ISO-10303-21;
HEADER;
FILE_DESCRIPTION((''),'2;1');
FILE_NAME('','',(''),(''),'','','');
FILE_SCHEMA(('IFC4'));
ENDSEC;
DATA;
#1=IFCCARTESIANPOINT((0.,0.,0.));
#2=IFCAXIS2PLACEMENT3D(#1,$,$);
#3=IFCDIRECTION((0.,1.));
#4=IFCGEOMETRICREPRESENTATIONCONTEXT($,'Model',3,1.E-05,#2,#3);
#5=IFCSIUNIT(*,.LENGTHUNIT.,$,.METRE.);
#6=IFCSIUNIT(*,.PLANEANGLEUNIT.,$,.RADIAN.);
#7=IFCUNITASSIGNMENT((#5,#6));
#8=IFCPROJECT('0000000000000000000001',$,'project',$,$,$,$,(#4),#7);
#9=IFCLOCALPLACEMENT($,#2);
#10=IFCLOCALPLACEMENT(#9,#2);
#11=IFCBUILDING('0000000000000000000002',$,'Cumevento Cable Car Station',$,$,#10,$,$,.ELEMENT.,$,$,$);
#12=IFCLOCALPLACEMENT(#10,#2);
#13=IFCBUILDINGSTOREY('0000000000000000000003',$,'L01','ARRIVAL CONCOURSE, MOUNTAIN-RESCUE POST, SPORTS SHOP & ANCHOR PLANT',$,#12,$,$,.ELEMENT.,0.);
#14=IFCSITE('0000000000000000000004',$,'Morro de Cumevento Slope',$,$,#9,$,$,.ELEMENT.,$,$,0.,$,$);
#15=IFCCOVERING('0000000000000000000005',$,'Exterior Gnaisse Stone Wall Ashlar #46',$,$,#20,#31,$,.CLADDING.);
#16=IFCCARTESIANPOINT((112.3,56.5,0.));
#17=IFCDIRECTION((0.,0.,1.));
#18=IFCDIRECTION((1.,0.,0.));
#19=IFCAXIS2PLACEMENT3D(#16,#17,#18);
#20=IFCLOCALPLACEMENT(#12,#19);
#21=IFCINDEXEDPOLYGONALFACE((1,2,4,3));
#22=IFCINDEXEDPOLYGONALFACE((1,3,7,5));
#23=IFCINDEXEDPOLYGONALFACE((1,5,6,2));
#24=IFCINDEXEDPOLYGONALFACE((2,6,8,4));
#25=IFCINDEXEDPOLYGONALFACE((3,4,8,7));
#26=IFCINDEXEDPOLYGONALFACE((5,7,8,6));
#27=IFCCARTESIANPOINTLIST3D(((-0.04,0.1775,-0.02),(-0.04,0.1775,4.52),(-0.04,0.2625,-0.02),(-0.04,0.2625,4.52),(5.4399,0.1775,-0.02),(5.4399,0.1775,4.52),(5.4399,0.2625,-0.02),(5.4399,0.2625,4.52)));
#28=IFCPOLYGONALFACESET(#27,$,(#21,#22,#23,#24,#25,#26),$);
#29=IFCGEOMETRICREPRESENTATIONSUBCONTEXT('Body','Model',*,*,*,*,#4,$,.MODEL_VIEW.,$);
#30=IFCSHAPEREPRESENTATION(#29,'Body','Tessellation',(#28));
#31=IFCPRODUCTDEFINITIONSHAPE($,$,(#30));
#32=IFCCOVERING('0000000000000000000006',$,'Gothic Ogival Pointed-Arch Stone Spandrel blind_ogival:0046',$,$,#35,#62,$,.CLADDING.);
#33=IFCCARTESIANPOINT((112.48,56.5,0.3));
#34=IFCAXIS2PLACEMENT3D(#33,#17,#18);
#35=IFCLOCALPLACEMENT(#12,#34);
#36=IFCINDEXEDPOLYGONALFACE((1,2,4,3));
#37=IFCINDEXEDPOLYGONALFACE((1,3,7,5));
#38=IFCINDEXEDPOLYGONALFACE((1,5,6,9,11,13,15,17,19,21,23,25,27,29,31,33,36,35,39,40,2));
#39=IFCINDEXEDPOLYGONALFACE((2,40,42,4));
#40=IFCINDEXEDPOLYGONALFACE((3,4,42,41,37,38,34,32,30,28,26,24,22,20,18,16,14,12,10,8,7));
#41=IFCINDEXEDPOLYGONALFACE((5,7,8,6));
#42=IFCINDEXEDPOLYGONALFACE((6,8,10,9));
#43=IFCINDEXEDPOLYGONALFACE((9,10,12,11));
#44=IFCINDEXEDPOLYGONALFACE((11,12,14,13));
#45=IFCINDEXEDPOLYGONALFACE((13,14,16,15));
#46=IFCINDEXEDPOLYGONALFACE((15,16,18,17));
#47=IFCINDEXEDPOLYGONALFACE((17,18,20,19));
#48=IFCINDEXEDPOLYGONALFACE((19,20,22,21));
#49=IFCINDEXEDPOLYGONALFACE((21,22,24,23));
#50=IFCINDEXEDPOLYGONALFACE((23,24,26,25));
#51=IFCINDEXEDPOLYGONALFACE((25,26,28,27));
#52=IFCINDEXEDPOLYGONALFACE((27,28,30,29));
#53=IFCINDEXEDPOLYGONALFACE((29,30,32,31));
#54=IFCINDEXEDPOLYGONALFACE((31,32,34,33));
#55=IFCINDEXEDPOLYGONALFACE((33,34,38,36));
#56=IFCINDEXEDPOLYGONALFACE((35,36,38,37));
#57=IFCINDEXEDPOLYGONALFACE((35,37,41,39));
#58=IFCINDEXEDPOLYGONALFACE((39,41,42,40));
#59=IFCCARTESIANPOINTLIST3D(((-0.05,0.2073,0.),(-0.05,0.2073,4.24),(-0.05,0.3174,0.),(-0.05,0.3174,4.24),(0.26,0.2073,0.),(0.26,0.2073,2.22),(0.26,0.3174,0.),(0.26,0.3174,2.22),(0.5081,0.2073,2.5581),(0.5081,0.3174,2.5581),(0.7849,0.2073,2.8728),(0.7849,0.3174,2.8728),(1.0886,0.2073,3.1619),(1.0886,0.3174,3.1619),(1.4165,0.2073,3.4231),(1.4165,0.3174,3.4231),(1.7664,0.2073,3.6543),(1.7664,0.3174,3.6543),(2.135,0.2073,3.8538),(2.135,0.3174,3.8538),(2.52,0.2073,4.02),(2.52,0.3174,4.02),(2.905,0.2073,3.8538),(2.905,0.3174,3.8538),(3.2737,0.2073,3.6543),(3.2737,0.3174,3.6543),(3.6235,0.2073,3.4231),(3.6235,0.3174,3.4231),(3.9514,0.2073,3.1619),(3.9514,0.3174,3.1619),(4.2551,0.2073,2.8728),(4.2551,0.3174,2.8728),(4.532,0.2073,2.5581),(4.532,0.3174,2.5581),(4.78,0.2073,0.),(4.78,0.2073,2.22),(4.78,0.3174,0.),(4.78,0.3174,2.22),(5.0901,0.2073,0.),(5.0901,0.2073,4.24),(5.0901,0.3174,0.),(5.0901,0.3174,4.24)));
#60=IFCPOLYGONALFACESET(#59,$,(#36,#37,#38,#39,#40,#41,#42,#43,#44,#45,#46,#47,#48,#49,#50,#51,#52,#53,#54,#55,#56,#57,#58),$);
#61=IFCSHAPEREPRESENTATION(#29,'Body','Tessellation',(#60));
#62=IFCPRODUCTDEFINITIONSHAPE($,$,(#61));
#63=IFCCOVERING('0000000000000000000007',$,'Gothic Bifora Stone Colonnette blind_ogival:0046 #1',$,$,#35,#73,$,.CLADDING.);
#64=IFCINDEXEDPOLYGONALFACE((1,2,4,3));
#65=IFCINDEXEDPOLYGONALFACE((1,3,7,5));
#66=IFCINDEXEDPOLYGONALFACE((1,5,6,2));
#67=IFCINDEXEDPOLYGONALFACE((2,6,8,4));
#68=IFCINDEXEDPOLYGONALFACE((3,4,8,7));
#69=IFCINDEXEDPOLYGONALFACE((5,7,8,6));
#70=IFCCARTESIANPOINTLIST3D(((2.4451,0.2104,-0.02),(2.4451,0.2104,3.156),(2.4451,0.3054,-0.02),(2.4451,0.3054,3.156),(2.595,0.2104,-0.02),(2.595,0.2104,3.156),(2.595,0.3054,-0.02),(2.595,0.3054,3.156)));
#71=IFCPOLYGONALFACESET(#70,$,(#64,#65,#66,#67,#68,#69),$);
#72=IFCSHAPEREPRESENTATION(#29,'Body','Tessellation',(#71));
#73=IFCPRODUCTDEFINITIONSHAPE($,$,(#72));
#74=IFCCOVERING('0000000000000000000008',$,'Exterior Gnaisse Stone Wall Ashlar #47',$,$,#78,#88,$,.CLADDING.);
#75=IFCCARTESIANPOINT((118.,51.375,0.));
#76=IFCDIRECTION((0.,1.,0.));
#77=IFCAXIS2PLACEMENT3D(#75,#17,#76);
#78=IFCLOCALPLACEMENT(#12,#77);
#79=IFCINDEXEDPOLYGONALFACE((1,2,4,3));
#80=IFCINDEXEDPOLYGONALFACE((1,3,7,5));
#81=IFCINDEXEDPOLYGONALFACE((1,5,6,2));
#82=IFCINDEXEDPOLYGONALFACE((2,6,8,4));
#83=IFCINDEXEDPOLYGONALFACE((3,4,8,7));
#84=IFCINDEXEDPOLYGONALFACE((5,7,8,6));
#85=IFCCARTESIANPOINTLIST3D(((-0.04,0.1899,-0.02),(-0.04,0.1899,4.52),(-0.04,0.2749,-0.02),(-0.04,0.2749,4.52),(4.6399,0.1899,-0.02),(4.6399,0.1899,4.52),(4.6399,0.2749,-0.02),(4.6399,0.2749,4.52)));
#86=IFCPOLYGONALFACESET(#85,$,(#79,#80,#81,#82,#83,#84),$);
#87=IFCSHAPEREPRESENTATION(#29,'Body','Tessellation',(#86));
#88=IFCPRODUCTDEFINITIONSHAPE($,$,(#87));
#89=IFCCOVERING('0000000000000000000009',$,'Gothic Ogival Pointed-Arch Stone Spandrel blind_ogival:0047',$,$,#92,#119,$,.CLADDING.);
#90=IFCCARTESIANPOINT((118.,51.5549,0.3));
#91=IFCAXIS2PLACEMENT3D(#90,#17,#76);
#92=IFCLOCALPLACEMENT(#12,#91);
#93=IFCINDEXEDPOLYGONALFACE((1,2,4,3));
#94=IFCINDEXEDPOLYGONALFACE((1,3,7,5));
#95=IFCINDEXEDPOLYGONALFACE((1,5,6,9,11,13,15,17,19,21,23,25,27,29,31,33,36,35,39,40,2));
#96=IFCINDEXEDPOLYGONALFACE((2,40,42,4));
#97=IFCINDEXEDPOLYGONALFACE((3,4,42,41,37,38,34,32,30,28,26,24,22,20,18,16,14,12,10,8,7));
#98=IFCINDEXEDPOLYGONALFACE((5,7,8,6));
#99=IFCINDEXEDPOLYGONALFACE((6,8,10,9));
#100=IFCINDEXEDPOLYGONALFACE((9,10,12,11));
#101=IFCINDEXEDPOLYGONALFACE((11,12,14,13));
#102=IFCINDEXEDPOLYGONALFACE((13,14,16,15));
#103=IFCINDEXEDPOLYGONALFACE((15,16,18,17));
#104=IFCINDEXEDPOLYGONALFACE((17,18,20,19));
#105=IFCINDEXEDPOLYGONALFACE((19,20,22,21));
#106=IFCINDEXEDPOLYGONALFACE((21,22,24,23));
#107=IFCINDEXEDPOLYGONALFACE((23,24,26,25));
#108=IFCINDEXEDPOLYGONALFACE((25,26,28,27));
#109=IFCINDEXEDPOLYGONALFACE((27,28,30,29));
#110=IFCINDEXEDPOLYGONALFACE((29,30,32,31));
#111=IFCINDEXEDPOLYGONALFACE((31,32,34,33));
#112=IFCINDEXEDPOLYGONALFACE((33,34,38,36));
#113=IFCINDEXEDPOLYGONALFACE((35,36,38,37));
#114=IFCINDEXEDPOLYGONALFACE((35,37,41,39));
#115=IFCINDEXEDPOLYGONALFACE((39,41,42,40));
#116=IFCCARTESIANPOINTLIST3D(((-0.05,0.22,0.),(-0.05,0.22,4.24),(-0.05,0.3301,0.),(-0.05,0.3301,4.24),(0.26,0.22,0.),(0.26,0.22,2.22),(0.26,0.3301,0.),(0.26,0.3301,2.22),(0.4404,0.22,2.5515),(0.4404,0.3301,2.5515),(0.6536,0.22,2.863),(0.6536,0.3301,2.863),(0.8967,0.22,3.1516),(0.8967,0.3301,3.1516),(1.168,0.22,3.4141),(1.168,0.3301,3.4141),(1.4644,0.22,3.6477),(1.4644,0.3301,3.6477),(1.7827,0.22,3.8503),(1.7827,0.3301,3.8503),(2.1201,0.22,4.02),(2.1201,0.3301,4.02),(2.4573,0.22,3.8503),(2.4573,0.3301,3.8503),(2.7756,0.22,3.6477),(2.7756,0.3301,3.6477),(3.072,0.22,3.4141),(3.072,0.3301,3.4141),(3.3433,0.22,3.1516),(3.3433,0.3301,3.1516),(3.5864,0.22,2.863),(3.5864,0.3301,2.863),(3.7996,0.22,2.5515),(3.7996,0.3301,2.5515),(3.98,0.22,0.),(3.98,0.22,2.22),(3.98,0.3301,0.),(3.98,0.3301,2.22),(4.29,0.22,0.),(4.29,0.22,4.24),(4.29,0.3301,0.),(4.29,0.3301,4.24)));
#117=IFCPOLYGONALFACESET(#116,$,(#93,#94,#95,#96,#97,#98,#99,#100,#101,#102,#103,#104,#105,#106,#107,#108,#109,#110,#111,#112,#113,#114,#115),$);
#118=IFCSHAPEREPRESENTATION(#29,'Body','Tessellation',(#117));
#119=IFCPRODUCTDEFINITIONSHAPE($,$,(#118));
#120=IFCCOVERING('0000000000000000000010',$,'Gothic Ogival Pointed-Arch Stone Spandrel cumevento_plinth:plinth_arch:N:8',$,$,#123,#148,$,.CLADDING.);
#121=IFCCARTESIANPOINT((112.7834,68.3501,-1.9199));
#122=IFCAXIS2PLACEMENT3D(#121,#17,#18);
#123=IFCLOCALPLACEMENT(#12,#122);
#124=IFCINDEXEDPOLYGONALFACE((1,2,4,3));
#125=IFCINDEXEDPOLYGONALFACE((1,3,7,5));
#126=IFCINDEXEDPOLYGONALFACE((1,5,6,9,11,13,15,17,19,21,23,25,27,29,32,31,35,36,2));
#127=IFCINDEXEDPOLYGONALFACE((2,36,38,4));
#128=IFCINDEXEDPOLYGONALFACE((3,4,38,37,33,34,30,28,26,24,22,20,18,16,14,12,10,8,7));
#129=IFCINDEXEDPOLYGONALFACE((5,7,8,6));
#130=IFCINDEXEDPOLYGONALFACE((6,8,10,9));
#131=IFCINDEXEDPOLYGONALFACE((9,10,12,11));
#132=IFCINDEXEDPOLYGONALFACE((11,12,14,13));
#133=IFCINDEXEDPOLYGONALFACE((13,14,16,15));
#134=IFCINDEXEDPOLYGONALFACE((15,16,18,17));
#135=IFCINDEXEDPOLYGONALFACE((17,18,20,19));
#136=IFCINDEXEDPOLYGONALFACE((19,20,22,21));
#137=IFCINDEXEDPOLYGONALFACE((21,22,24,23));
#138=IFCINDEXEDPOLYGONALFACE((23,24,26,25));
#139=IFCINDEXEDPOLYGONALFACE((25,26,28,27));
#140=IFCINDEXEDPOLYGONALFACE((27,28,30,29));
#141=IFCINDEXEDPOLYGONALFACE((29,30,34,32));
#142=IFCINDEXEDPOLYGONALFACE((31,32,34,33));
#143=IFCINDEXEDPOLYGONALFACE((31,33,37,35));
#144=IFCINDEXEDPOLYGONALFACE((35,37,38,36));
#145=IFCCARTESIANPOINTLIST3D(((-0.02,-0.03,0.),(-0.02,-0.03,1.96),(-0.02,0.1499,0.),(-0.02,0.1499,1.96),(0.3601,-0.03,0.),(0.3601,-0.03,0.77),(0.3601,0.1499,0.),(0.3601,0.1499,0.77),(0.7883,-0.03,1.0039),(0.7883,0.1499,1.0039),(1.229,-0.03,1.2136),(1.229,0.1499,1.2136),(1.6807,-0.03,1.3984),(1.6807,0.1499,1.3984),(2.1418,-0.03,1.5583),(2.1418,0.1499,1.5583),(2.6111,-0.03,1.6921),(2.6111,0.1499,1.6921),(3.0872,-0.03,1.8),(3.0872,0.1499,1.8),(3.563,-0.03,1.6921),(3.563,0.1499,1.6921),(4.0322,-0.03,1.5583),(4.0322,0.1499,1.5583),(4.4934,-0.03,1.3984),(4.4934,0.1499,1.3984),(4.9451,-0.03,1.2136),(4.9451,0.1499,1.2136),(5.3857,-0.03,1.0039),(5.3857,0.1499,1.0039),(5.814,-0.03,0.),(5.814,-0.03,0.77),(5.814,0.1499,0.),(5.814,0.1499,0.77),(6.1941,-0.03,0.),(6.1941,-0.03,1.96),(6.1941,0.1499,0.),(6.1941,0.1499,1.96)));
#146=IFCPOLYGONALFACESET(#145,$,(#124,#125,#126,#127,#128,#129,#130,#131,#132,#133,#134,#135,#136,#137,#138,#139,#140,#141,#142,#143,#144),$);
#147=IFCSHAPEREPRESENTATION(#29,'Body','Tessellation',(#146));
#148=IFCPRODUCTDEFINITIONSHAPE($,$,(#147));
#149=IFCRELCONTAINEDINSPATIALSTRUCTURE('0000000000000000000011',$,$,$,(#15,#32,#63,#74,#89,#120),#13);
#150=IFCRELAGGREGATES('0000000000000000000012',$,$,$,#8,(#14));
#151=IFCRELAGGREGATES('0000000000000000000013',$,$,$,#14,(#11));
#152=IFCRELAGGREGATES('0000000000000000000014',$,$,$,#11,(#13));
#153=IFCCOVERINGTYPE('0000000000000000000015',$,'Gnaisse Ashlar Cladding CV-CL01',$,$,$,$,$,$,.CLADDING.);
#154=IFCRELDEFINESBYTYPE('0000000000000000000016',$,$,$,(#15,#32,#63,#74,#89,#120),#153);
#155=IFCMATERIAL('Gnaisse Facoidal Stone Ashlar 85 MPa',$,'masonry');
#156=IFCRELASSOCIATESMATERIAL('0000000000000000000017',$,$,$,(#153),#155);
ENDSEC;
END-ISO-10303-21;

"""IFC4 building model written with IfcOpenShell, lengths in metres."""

from ifc_helpers import new_model, si_unit, direction, frame, origin, place, context, subcontext, project, spatial, polyline, outline, extrude, material, type_object, element, save


model = new_model("IFC4")

# Units and contexts
model_context = context("Model", 3, precision=1e-05, world=origin(), true_north=direction((0.0, 1.0)))
body_context = subcontext(model_context, "Body", "Model", "MODEL_VIEW")
ifc_project = project(units=[si_unit("LENGTHUNIT", "METRE"), si_unit("PLANEANGLEUNIT", "RADIAN")], contexts=[model_context])

# Site, building, storey
site_placement = place(None, origin())
site = spatial("IfcSite", under=ifc_project, at=site_placement, Name="Morro de Cumevento Slope", CompositionType="ELEMENT", RefElevation=0.0)
building_placement = place(site_placement, origin())
building = spatial("IfcBuilding", under=site, at=building_placement, Name="Cumevento Cable Car Station", CompositionType="ELEMENT")
storey_placement = place(building_placement, origin())
storey = spatial("IfcBuildingStorey", under=building, at=storey_placement, Name="L01", Description="ARRIVAL CONCOURSE, MOUNTAIN-RESCUE POST, SPORTS SHOP & ANCHOR PLANT", CompositionType="ELEMENT", Elevation=0.0)

# Coverings
ifc_material_1 = material(Name="Gnaisse Facoidal Stone Ashlar 85 MPa", Category="masonry")
covering_type = type_object("IfcCoveringType", Name="Gnaisse Ashlar Cladding CV-CL01", PredefinedType="CLADDING", material=ifc_material_1)
covering_1_placement = place(storey_placement, frame((112.3, 56.5, 0.0), z_axis=(0.0, 0.0, 1.0), x_axis=(1.0, 0.0, 0.0)))
element("IfcCovering", 1, at=covering_1_placement, inside=storey, type_object=covering_type, Name="Exterior Gnaisse Stone Wall Ashlar #46", PredefinedType="CLADDING", context=body_context, shape_type="SweptSolid", body=[
    extrude(outline(polyline([(-0.04, -0.02), (5.4399, -0.02), (5.4399, 4.52), (-0.04, 4.52), (-0.04, -0.02)])), frame((0.0, 0.2625, 0.0), z_axis=(0.0, -1.0, 0.0), x_axis=(1.0, 0.0, 0.0)), (0.0, 0.0, 1.0), 0.085),
])
placement = place(storey_placement, frame((112.48, 56.5, 0.3), z_axis=(0.0, 0.0, 1.0), x_axis=(1.0, 0.0, 0.0)))
element("IfcCovering", 2, at=placement, inside=storey, type_object=covering_type, Name="Gothic Ogival Pointed-Arch Stone Spandrel blind_ogival:0046", PredefinedType="CLADDING", context=body_context, shape_type="SweptSolid", body=[
    extrude(outline(polyline([(-0.05, 0.0), (-0.05, 4.24), (5.0901, 4.24), (5.0901, 0.0), (4.78, 0.0), (4.78, 2.22), (4.532, 2.5581), (4.2551, 2.8728), (3.9514, 3.1619), (3.6235, 3.4231), (3.2737, 3.6543), (2.905, 3.8538), (2.52, 4.02), (2.135, 3.8538), (1.7664, 3.6543), (1.4165, 3.4231), (1.0886, 3.1619), (0.7849, 2.8728), (0.5081, 2.5581), (0.26, 2.22), (0.26, 0.0), (-0.05, 0.0)])), frame((0.0, 0.3174, 0.0), z_axis=(0.0, -1.0, 0.0), x_axis=(1.0, 0.0, 0.0)), (0.0, 0.0, 1.0), 0.1101),
])
element("IfcCovering", 3, at=placement, inside=storey, type_object=covering_type, Name="Gothic Bifora Stone Colonnette blind_ogival:0046 #1", PredefinedType="CLADDING", context=body_context, shape_type="SweptSolid", body=[
    extrude(outline(polyline([(2.4451, -0.02), (2.595, -0.02), (2.595, 3.156), (2.4451, 3.156), (2.4451, -0.02)])), frame((0.0, 0.3054, 0.0), z_axis=(0.0, -1.0, 0.0), x_axis=(1.0, 0.0, 0.0)), (0.0, 0.0, 1.0), 0.095),
])
covering_2_placement = place(storey_placement, frame((118.0, 51.375, 0.0), z_axis=(0.0, 0.0, 1.0), x_axis=(0.0, 1.0, 0.0)))
element("IfcCovering", 4, at=covering_2_placement, inside=storey, type_object=covering_type, Name="Exterior Gnaisse Stone Wall Ashlar #47", PredefinedType="CLADDING", context=body_context, shape_type="SweptSolid", body=[
    extrude(outline(polyline([(-0.04, -0.02), (4.6399, -0.02), (4.6399, 4.52), (-0.04, 4.52), (-0.04, -0.02)])), frame((0.0, 0.2749, 0.0), z_axis=(0.0, -1.0, 0.0), x_axis=(1.0, 0.0, 0.0)), (0.0, 0.0, 1.0), 0.085),
])
covering_3_placement = place(storey_placement, frame((118.0, 51.5549, 0.3), z_axis=(0.0, 0.0, 1.0), x_axis=(0.0, 1.0, 0.0)))
element("IfcCovering", 5, at=covering_3_placement, inside=storey, type_object=covering_type, Name="Gothic Ogival Pointed-Arch Stone Spandrel blind_ogival:0047", PredefinedType="CLADDING", context=body_context, shape_type="SweptSolid", body=[
    extrude(outline(polyline([(-0.05, 0.0), (-0.05, 4.24), (4.29, 4.24), (4.29, 0.0), (3.98, 0.0), (3.98, 2.22), (3.7996, 2.5515), (3.5864, 2.863), (3.3433, 3.1516), (3.072, 3.4141), (2.7756, 3.6477), (2.4573, 3.8503), (2.1201, 4.02), (1.7827, 3.8503), (1.4644, 3.6477), (1.168, 3.4141), (0.8967, 3.1516), (0.6536, 2.863), (0.4404, 2.5515), (0.26, 2.22), (0.26, 0.0), (-0.05, 0.0)])), frame((0.0, 0.3301, 0.0), z_axis=(0.0, -1.0, 0.0), x_axis=(1.0, 0.0, 0.0)), (0.0, 0.0, 1.0), 0.1101),
])
covering_4_placement = place(storey_placement, frame((112.7834, 68.3501, -1.9199), z_axis=(0.0, 0.0, 1.0), x_axis=(1.0, 0.0, 0.0)))
element("IfcCovering", 6, at=covering_4_placement, inside=storey, type_object=covering_type, Name="Gothic Ogival Pointed-Arch Stone Spandrel cumevento_plinth:plinth_arch:N:8", PredefinedType="CLADDING", context=body_context, shape_type="SweptSolid", body=[
    extrude(outline(polyline([(-0.02, 0.0), (-0.02, 1.96), (6.1941, 1.96), (6.1941, 0.0), (5.814, 0.0), (5.814, 0.77), (5.3857, 1.0039), (4.9451, 1.2136), (4.4934, 1.3984), (4.0322, 1.5583), (3.563, 1.6921), (3.0872, 1.8), (2.6111, 1.6921), (2.1418, 1.5583), (1.6807, 1.3984), (1.229, 1.2136), (0.7883, 1.0039), (0.3601, 0.77), (0.3601, 0.0), (-0.02, 0.0)])), frame((0.0, 0.1499, 0.0), z_axis=(0.0, -1.0, 0.0), x_axis=(1.0, 0.0, 0.0)), (0.0, 0.0, 1.0), 0.1799),
])

save(model, "model.ifc")
